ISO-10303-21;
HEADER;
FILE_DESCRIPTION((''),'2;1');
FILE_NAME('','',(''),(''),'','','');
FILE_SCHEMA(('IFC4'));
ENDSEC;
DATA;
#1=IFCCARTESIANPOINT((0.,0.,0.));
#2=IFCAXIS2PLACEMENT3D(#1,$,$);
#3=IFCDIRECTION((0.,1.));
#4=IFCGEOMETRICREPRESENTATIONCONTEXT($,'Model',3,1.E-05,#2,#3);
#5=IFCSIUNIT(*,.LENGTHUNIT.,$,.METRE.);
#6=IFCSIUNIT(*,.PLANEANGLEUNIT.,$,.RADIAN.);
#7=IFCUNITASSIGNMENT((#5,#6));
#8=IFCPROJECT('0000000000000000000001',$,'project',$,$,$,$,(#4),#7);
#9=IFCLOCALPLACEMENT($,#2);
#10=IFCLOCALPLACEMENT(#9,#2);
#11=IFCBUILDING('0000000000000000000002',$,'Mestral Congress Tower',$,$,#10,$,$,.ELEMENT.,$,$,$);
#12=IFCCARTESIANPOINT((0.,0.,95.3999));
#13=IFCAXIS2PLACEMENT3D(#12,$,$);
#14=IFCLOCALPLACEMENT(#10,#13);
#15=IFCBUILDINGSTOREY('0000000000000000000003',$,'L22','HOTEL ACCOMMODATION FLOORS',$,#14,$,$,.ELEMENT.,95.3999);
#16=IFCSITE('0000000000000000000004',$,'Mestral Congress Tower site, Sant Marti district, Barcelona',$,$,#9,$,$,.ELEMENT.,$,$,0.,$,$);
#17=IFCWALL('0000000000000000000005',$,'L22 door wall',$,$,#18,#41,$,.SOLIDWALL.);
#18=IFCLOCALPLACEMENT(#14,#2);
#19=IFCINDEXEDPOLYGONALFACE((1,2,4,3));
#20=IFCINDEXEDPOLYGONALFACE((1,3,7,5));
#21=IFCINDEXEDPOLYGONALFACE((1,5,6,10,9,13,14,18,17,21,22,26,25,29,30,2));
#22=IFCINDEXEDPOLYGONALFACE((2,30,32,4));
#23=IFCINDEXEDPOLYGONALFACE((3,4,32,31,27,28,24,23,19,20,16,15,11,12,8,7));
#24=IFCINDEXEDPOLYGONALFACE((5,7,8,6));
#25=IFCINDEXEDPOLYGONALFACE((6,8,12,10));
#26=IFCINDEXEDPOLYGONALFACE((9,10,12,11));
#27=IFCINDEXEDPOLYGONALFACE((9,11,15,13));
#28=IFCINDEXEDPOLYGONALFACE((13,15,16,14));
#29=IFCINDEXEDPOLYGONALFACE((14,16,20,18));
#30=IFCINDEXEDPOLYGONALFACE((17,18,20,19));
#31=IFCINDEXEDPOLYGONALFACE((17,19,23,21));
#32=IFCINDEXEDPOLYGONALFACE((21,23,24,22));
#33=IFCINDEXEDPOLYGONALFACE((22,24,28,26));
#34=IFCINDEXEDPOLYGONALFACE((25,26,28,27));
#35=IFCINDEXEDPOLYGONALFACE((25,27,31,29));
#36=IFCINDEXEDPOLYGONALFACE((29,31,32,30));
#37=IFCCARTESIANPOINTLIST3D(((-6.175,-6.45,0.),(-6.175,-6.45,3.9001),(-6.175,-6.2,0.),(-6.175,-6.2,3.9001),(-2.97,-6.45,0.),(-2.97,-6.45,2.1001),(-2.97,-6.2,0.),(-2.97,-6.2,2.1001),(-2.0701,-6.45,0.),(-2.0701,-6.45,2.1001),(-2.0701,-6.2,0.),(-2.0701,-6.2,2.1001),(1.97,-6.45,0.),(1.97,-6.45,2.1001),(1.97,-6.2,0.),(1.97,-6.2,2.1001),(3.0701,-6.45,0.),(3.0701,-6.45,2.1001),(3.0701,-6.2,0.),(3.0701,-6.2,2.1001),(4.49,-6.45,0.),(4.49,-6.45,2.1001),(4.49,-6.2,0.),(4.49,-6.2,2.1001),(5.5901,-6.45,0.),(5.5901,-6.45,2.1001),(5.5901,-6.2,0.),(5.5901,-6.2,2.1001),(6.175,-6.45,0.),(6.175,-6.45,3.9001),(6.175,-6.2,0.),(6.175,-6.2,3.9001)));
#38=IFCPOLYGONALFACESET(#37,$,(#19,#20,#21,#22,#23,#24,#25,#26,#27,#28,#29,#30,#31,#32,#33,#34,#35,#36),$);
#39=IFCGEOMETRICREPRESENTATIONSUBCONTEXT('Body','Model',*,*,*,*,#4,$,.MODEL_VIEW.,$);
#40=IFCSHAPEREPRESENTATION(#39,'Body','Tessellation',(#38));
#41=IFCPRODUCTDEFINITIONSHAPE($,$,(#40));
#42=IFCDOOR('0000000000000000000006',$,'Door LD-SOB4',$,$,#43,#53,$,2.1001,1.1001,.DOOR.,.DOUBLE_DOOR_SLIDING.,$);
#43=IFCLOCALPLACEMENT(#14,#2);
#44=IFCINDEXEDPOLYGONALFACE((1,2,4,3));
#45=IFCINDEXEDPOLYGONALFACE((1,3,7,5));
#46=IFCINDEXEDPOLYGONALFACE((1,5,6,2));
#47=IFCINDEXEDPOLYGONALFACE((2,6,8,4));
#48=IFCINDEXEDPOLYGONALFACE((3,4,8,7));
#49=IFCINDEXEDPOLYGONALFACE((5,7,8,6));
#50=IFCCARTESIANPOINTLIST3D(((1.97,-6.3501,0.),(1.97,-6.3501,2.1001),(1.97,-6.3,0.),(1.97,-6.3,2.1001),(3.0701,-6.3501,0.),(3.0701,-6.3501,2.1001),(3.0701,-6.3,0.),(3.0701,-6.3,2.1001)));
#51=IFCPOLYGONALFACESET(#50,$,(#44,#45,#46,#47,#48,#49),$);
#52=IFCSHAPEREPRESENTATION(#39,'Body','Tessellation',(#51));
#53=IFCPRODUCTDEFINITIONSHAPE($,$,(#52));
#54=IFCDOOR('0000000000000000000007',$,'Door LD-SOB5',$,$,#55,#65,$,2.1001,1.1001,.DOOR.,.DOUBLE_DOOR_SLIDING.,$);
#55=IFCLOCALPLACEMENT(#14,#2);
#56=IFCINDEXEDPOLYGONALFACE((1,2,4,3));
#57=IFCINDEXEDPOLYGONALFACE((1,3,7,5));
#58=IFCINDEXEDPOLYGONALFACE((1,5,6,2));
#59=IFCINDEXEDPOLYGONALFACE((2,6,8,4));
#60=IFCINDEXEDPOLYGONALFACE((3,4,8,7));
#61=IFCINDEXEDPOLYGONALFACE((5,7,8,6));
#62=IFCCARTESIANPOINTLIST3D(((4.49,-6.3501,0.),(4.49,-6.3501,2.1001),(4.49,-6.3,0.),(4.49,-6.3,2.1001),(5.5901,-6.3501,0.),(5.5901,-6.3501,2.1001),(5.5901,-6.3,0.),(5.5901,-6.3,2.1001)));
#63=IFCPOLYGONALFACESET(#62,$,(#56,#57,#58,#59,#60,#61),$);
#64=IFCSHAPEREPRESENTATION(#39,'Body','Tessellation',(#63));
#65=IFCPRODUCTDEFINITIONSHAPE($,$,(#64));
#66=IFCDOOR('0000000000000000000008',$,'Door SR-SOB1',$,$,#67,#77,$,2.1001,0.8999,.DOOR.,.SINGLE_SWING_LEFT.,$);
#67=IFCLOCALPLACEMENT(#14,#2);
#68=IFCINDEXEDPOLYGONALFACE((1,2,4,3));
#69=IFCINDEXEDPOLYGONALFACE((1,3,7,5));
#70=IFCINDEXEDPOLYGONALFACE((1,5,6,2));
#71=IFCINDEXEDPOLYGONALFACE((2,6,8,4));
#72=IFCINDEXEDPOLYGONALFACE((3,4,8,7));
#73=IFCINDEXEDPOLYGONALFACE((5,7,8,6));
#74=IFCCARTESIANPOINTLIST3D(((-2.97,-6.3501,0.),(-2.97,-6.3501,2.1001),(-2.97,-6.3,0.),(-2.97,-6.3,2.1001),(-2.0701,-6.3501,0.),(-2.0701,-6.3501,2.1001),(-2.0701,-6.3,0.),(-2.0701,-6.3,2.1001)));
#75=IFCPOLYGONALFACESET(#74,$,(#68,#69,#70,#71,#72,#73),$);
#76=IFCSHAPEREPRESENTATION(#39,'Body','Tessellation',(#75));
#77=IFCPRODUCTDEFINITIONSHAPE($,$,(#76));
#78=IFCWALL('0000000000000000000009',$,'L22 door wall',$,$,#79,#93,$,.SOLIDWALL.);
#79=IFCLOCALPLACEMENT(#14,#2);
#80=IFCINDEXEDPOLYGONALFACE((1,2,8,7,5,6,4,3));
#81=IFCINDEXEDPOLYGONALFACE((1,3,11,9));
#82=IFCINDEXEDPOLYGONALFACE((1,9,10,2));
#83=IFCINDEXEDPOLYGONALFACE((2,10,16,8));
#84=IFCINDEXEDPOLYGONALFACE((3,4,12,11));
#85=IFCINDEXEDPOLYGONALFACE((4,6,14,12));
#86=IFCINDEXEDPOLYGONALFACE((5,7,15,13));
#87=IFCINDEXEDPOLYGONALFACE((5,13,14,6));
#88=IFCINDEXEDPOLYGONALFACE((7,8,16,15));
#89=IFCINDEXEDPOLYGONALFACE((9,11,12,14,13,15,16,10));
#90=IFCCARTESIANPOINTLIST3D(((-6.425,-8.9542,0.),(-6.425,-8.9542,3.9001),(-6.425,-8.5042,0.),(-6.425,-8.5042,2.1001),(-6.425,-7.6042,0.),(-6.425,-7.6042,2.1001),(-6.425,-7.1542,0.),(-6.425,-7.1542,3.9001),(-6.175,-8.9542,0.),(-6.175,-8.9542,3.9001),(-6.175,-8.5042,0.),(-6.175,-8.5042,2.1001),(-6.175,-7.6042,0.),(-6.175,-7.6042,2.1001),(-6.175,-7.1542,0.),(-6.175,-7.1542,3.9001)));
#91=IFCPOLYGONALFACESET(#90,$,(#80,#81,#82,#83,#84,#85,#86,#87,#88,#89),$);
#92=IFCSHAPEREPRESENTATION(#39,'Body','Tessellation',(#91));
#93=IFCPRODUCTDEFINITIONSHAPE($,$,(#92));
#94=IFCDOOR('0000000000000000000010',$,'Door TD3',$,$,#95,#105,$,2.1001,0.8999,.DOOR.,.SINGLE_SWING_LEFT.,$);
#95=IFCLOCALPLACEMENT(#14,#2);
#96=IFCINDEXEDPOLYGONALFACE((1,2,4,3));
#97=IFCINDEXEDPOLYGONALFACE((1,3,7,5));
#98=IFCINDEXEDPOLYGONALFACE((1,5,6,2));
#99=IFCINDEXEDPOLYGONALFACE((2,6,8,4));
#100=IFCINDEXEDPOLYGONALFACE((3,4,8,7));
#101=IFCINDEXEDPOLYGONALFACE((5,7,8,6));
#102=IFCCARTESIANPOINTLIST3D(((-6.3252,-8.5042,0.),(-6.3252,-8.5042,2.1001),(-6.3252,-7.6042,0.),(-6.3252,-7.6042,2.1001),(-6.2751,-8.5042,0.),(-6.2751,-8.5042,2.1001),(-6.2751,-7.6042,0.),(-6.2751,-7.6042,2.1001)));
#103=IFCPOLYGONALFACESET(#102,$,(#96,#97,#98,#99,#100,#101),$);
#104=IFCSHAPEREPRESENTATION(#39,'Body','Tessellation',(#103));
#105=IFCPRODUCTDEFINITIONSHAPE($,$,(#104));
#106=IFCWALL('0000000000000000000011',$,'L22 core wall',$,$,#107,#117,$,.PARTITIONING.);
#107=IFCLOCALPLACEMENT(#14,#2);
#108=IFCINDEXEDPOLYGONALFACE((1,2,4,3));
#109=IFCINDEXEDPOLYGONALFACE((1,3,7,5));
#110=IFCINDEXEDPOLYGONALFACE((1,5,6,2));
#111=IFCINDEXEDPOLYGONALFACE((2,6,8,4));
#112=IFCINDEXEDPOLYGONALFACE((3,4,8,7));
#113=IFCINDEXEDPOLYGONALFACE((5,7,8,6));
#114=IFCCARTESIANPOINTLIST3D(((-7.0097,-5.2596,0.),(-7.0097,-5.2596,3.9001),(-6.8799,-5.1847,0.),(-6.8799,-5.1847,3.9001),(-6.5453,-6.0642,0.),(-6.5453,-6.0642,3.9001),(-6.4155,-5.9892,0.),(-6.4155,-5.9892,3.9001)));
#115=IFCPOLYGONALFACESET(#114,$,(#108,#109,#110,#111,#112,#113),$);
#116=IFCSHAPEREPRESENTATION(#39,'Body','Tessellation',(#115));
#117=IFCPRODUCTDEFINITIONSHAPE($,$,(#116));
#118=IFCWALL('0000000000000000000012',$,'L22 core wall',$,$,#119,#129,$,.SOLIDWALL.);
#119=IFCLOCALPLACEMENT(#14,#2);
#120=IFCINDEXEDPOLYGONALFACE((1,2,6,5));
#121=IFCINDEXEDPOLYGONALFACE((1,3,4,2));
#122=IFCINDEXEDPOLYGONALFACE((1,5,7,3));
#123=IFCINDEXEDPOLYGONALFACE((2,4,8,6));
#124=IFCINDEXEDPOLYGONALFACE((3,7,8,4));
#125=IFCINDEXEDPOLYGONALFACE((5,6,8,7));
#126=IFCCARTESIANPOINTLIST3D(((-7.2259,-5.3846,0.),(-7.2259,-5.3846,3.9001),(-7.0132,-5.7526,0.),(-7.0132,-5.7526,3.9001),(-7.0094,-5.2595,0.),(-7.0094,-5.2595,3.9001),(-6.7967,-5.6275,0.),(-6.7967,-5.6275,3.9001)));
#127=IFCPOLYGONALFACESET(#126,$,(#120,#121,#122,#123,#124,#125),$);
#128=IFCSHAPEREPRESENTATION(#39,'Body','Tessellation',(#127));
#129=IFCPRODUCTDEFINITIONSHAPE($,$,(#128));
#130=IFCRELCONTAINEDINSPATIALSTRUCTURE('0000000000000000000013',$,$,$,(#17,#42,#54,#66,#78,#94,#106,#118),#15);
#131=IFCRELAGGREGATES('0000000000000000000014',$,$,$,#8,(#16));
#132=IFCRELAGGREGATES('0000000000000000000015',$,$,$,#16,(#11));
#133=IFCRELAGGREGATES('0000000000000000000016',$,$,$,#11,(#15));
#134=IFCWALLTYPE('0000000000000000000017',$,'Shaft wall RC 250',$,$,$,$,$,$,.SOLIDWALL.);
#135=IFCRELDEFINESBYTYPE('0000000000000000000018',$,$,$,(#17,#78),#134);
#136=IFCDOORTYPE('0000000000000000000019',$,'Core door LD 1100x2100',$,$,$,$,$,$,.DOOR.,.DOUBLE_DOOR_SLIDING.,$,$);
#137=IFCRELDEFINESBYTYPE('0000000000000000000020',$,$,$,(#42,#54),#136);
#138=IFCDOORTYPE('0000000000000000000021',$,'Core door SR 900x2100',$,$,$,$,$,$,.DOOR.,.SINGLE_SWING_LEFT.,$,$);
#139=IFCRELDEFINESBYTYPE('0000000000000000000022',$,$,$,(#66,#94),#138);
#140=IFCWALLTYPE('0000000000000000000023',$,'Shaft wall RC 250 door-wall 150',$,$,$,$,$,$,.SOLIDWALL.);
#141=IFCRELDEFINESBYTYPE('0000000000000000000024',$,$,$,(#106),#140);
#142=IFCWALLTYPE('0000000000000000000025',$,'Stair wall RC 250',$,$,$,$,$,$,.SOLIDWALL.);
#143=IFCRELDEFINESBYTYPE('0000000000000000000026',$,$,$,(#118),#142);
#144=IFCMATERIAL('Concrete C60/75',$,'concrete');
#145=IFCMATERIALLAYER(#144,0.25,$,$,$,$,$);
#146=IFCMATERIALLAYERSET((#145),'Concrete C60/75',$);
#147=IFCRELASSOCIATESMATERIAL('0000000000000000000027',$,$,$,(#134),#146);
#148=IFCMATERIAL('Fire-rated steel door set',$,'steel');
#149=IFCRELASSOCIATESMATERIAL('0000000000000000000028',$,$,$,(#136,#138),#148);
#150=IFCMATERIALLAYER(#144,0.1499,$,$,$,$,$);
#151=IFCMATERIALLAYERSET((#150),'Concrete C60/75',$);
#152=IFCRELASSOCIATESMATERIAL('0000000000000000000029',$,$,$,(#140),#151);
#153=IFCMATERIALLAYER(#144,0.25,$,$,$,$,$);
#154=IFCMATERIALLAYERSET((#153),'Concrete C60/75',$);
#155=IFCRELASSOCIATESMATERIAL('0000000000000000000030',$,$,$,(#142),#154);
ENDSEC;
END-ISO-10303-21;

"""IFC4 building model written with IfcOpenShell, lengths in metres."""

from ifc_helpers import new_model, si_unit, direction, frame, frame_2d, origin, place, context, subcontext, project, spatial, rectangle, extrude, material, layer, layer_set, type_object, element, fill, save


model = new_model("IFC4")

# Units and contexts
model_context = context("Model", 3, precision=1e-05, world=origin(), true_north=direction((0.0, 1.0)))
body_context = subcontext(model_context, "Body", "Model", "MODEL_VIEW")
ifc_project = project(units=[si_unit("LENGTHUNIT", "METRE"), si_unit("PLANEANGLEUNIT", "RADIAN")], contexts=[model_context])

# Site, building, storey
site_placement = place(None, origin())
site = spatial("IfcSite", under=ifc_project, at=site_placement, Name="Mestral Congress Tower site, Sant Marti district, Barcelona", CompositionType="ELEMENT", RefElevation=0.0)
building_placement = place(site_placement, origin())
building = spatial("IfcBuilding", under=site, at=building_placement, Name="Mestral Congress Tower", CompositionType="ELEMENT")
storey_placement = place(building_placement, frame((0.0, 0.0, 95.3999)))
storey = spatial("IfcBuildingStorey", under=building, at=storey_placement, Name="L22", Description="HOTEL ACCOMMODATION FLOORS", CompositionType="ELEMENT", Elevation=95.3999)

# Shared definitions
ifc_material_1 = material(Name="Fire-rated steel door set", Category="steel")

# Shared definitions
ifc_material_2 = material(Name="Concrete C60/75", Category="concrete")
ifc_layer_1 = layer(ifc_material_2, 0.25)
ifc_layer_set_1 = layer_set([ifc_layer_1], Name="Concrete C60/75")
wall_type_1 = type_object("IfcWallType", Name="Shaft wall RC 250", PredefinedType="SOLIDWALL", material=ifc_layer_set_1)

# Wall, openings, doors
door_type_1 = type_object("IfcDoorType", Name="Core door LD 1100x2100", OperationType="DOUBLE_DOOR_SLIDING", PredefinedType="DOOR", material=ifc_material_1)
wall_1_placement = place(storey_placement, frame((-6.175, -6.325, 0.0), z_axis=(0.0, 0.0, 1.0), x_axis=(1.0, 0.0, 0.0)))
wall_1 = element("IfcWall", 1, at=wall_1_placement, inside=storey, type_object=wall_type_1, Name="L22 door wall", PredefinedType="SOLIDWALL", context=body_context, shape_type="SweptSolid", body=[
    extrude(rectangle(XDim=12.3501, YDim=0.25, at=frame_2d((6.175, 0.0))), origin(), (0.0, 0.0, 1.0), 3.9001),
])
opening_1_placement = place(wall_1_placement, frame((3.2051, 0.0, 0.0)))
opening_1 = element("IfcOpeningElement", 2, at=opening_1_placement, cuts=wall_1, PredefinedType="OPENING", context=body_context, shape_type="SweptSolid", body=[
    extrude(rectangle(XDim=0.8999, YDim=2.1001, at=frame_2d((0.45, 1.05))), frame((0.0, 0.135, 0.0), z_axis=(0.0, -1.0, 0.0), x_axis=(1.0, 0.0, 0.0)), (0.0, 0.0, 1.0), 0.27),
])
opening_2_placement = place(wall_1_placement, frame((8.145, 0.0, 0.0)))
opening_2 = element("IfcOpeningElement", 3, at=opening_2_placement, cuts=wall_1, PredefinedType="OPENING", context=body_context, shape_type="SweptSolid", body=[
    extrude(rectangle(XDim=1.1001, YDim=2.1001, at=frame_2d((0.55, 1.05))), frame((0.0, 0.135, 0.0), z_axis=(0.0, -1.0, 0.0), x_axis=(1.0, 0.0, 0.0)), (0.0, 0.0, 1.0), 0.27),
])
opening_3_placement = place(wall_1_placement, frame((10.665, 0.0, 0.0)))
opening_3 = element("IfcOpeningElement", 4, at=opening_3_placement, cuts=wall_1, PredefinedType="OPENING", context=body_context, shape_type="SweptSolid", body=[
    extrude(rectangle(XDim=1.1001, YDim=2.1001, at=frame_2d((0.55, 1.05))), frame((0.0, 0.135, 0.0), z_axis=(0.0, -1.0, 0.0), x_axis=(1.0, 0.0, 0.0)), (0.0, 0.0, 1.0), 0.27),
])
door_1_placement = place(opening_2_placement, origin())
door_1 = element("IfcDoor", 5, at=door_1_placement, inside=storey, type_object=door_type_1, Name="Door LD-SOB4", OperationType="DOUBLE_DOOR_SLIDING", OverallHeight=2.1001, OverallWidth=1.1001, PredefinedType="DOOR", context=body_context, shape_type="SweptSolid", body=[
    extrude(rectangle(XDim=1.1001, YDim=2.1001, at=frame_2d((0.55, 1.05))), frame((0.0, 0.0249, 0.0), z_axis=(0.0, -1.0, 0.0), x_axis=(1.0, 0.0, 0.0)), (0.0, 0.0, 1.0), 0.05),
])
fill(opening_2, door_1)
door_2_placement = place(opening_3_placement, origin())
door_2 = element("IfcDoor", 6, at=door_2_placement, inside=storey, type_object=door_type_1, Name="Door LD-SOB5", OperationType="DOUBLE_DOOR_SLIDING", OverallHeight=2.1001, OverallWidth=1.1001, PredefinedType="DOOR", context=body_context, shape_type="SweptSolid", body=[
    extrude(rectangle(XDim=1.1001, YDim=2.1001, at=frame_2d((0.55, 1.05))), frame((0.0, 0.0249, 0.0), z_axis=(0.0, -1.0, 0.0), x_axis=(1.0, 0.0, 0.0)), (0.0, 0.0, 1.0), 0.05),
])
fill(opening_3, door_2)
door_type_2 = type_object("IfcDoorType", Name="Core door SR 900x2100", OperationType="SINGLE_SWING_LEFT", PredefinedType="DOOR", material=ifc_material_1)
door_3_placement = place(opening_1_placement, origin())
door_3 = element("IfcDoor", 7, at=door_3_placement, inside=storey, type_object=door_type_2, Name="Door SR-SOB1", OperationType="SINGLE_SWING_LEFT", OverallHeight=2.1001, OverallWidth=0.8999, PredefinedType="DOOR", context=body_context, shape_type="SweptSolid", body=[
    extrude(rectangle(XDim=0.8999, YDim=2.1001, at=frame_2d((0.45, 1.05))), frame((0.0, 0.0249, 0.0), z_axis=(0.0, -1.0, 0.0), x_axis=(1.0, 0.0, 0.0)), (0.0, 0.0, 1.0), 0.05),
])
fill(opening_1, door_3)

# Wall, opening, door
wall_2_placement = place(storey_placement, frame((-6.3, -7.1543, 0.0), z_axis=(0.0, 0.0, 1.0), x_axis=(0.0, -1.0, 0.0)))
wall_2 = element("IfcWall", 8, at=wall_2_placement, inside=storey, type_object=wall_type_1, Name="L22 door wall", PredefinedType="SOLIDWALL", context=body_context, shape_type="SweptSolid", body=[
    extrude(rectangle(XDim=1.8, YDim=0.25, at=frame_2d((0.8999, 0.0))), origin(), (0.0, 0.0, 1.0), 3.9001),
])
opening_4_placement = place(wall_2_placement, frame((0.45, 0.0, 0.0)))
opening_4 = element("IfcOpeningElement", 9, at=opening_4_placement, cuts=wall_2, PredefinedType="OPENING", context=body_context, shape_type="SweptSolid", body=[
    extrude(rectangle(XDim=0.8999, YDim=2.1001, at=frame_2d((0.45, 1.05))), frame((0.0, 0.135, 0.0), z_axis=(0.0, -1.0, 0.0), x_axis=(1.0, 0.0, 0.0)), (0.0, 0.0, 1.0), 0.27),
])
door_4_placement = place(opening_4_placement, origin())
door_4 = element("IfcDoor", 10, at=door_4_placement, inside=storey, type_object=door_type_2, Name="Door TD3", OperationType="SINGLE_SWING_LEFT", OverallHeight=2.1001, OverallWidth=0.8999, PredefinedType="DOOR", context=body_context, shape_type="SweptSolid", body=[
    extrude(rectangle(XDim=0.8999, YDim=2.1001, at=frame_2d((0.45, 1.05))), frame((0.0, 0.0249, 0.0), z_axis=(0.0, -1.0, 0.0), x_axis=(1.0, 0.0, 0.0)), (0.0, 0.0, 1.0), 0.05),
])
fill(opening_4, door_4)

# Walls
ifc_layer_2 = layer(ifc_material_2, 0.1499)
ifc_layer_set_2 = layer_set([ifc_layer_2], Name="Concrete C60/75")
wall_type_2 = type_object("IfcWallType", Name="Shaft wall RC 250 door-wall 150", PredefinedType="SOLIDWALL", material=ifc_layer_set_2)
wall_3_placement = place(storey_placement, frame((-6.4805, -6.0266, 0.0), z_axis=(0.0, 0.0, 1.0), x_axis=(-0.499927, 0.866067, 0.0)))
element("IfcWall", 11, at=wall_3_placement, inside=storey, type_object=wall_type_2, Name="L22 core wall", PredefinedType="PARTITIONING", context=body_context, shape_type="SweptSolid", body=[
    extrude(rectangle(XDim=0.929, YDim=0.1499, at=frame_2d((0.4644, 0.0))), origin(), (0.0, 0.0, 1.0), 3.9001),
])
ifc_layer_3 = layer(ifc_material_2, 0.25)
ifc_layer_set_3 = layer_set([ifc_layer_3], Name="Concrete C60/75")
wall_type_3 = type_object("IfcWallType", Name="Stair wall RC 250", PredefinedType="SOLIDWALL", material=ifc_layer_set_3)
wall_4_placement = place(storey_placement, frame((-6.905, -5.6899, 0.0), z_axis=(0.0, 0.0, 1.0), x_axis=(-0.500402, 0.865793, 0.0)))
element("IfcWall", 12, at=wall_4_placement, inside=storey, type_object=wall_type_3, Name="L22 core wall", PredefinedType="SOLIDWALL", context=body_context, shape_type="SweptSolid", body=[
    extrude(rectangle(XDim=0.425, YDim=0.25, at=frame_2d((0.2124, 0.0))), origin(), (0.0, 0.0, 1.0), 3.9001),
])

save(model, "model.ifc")
